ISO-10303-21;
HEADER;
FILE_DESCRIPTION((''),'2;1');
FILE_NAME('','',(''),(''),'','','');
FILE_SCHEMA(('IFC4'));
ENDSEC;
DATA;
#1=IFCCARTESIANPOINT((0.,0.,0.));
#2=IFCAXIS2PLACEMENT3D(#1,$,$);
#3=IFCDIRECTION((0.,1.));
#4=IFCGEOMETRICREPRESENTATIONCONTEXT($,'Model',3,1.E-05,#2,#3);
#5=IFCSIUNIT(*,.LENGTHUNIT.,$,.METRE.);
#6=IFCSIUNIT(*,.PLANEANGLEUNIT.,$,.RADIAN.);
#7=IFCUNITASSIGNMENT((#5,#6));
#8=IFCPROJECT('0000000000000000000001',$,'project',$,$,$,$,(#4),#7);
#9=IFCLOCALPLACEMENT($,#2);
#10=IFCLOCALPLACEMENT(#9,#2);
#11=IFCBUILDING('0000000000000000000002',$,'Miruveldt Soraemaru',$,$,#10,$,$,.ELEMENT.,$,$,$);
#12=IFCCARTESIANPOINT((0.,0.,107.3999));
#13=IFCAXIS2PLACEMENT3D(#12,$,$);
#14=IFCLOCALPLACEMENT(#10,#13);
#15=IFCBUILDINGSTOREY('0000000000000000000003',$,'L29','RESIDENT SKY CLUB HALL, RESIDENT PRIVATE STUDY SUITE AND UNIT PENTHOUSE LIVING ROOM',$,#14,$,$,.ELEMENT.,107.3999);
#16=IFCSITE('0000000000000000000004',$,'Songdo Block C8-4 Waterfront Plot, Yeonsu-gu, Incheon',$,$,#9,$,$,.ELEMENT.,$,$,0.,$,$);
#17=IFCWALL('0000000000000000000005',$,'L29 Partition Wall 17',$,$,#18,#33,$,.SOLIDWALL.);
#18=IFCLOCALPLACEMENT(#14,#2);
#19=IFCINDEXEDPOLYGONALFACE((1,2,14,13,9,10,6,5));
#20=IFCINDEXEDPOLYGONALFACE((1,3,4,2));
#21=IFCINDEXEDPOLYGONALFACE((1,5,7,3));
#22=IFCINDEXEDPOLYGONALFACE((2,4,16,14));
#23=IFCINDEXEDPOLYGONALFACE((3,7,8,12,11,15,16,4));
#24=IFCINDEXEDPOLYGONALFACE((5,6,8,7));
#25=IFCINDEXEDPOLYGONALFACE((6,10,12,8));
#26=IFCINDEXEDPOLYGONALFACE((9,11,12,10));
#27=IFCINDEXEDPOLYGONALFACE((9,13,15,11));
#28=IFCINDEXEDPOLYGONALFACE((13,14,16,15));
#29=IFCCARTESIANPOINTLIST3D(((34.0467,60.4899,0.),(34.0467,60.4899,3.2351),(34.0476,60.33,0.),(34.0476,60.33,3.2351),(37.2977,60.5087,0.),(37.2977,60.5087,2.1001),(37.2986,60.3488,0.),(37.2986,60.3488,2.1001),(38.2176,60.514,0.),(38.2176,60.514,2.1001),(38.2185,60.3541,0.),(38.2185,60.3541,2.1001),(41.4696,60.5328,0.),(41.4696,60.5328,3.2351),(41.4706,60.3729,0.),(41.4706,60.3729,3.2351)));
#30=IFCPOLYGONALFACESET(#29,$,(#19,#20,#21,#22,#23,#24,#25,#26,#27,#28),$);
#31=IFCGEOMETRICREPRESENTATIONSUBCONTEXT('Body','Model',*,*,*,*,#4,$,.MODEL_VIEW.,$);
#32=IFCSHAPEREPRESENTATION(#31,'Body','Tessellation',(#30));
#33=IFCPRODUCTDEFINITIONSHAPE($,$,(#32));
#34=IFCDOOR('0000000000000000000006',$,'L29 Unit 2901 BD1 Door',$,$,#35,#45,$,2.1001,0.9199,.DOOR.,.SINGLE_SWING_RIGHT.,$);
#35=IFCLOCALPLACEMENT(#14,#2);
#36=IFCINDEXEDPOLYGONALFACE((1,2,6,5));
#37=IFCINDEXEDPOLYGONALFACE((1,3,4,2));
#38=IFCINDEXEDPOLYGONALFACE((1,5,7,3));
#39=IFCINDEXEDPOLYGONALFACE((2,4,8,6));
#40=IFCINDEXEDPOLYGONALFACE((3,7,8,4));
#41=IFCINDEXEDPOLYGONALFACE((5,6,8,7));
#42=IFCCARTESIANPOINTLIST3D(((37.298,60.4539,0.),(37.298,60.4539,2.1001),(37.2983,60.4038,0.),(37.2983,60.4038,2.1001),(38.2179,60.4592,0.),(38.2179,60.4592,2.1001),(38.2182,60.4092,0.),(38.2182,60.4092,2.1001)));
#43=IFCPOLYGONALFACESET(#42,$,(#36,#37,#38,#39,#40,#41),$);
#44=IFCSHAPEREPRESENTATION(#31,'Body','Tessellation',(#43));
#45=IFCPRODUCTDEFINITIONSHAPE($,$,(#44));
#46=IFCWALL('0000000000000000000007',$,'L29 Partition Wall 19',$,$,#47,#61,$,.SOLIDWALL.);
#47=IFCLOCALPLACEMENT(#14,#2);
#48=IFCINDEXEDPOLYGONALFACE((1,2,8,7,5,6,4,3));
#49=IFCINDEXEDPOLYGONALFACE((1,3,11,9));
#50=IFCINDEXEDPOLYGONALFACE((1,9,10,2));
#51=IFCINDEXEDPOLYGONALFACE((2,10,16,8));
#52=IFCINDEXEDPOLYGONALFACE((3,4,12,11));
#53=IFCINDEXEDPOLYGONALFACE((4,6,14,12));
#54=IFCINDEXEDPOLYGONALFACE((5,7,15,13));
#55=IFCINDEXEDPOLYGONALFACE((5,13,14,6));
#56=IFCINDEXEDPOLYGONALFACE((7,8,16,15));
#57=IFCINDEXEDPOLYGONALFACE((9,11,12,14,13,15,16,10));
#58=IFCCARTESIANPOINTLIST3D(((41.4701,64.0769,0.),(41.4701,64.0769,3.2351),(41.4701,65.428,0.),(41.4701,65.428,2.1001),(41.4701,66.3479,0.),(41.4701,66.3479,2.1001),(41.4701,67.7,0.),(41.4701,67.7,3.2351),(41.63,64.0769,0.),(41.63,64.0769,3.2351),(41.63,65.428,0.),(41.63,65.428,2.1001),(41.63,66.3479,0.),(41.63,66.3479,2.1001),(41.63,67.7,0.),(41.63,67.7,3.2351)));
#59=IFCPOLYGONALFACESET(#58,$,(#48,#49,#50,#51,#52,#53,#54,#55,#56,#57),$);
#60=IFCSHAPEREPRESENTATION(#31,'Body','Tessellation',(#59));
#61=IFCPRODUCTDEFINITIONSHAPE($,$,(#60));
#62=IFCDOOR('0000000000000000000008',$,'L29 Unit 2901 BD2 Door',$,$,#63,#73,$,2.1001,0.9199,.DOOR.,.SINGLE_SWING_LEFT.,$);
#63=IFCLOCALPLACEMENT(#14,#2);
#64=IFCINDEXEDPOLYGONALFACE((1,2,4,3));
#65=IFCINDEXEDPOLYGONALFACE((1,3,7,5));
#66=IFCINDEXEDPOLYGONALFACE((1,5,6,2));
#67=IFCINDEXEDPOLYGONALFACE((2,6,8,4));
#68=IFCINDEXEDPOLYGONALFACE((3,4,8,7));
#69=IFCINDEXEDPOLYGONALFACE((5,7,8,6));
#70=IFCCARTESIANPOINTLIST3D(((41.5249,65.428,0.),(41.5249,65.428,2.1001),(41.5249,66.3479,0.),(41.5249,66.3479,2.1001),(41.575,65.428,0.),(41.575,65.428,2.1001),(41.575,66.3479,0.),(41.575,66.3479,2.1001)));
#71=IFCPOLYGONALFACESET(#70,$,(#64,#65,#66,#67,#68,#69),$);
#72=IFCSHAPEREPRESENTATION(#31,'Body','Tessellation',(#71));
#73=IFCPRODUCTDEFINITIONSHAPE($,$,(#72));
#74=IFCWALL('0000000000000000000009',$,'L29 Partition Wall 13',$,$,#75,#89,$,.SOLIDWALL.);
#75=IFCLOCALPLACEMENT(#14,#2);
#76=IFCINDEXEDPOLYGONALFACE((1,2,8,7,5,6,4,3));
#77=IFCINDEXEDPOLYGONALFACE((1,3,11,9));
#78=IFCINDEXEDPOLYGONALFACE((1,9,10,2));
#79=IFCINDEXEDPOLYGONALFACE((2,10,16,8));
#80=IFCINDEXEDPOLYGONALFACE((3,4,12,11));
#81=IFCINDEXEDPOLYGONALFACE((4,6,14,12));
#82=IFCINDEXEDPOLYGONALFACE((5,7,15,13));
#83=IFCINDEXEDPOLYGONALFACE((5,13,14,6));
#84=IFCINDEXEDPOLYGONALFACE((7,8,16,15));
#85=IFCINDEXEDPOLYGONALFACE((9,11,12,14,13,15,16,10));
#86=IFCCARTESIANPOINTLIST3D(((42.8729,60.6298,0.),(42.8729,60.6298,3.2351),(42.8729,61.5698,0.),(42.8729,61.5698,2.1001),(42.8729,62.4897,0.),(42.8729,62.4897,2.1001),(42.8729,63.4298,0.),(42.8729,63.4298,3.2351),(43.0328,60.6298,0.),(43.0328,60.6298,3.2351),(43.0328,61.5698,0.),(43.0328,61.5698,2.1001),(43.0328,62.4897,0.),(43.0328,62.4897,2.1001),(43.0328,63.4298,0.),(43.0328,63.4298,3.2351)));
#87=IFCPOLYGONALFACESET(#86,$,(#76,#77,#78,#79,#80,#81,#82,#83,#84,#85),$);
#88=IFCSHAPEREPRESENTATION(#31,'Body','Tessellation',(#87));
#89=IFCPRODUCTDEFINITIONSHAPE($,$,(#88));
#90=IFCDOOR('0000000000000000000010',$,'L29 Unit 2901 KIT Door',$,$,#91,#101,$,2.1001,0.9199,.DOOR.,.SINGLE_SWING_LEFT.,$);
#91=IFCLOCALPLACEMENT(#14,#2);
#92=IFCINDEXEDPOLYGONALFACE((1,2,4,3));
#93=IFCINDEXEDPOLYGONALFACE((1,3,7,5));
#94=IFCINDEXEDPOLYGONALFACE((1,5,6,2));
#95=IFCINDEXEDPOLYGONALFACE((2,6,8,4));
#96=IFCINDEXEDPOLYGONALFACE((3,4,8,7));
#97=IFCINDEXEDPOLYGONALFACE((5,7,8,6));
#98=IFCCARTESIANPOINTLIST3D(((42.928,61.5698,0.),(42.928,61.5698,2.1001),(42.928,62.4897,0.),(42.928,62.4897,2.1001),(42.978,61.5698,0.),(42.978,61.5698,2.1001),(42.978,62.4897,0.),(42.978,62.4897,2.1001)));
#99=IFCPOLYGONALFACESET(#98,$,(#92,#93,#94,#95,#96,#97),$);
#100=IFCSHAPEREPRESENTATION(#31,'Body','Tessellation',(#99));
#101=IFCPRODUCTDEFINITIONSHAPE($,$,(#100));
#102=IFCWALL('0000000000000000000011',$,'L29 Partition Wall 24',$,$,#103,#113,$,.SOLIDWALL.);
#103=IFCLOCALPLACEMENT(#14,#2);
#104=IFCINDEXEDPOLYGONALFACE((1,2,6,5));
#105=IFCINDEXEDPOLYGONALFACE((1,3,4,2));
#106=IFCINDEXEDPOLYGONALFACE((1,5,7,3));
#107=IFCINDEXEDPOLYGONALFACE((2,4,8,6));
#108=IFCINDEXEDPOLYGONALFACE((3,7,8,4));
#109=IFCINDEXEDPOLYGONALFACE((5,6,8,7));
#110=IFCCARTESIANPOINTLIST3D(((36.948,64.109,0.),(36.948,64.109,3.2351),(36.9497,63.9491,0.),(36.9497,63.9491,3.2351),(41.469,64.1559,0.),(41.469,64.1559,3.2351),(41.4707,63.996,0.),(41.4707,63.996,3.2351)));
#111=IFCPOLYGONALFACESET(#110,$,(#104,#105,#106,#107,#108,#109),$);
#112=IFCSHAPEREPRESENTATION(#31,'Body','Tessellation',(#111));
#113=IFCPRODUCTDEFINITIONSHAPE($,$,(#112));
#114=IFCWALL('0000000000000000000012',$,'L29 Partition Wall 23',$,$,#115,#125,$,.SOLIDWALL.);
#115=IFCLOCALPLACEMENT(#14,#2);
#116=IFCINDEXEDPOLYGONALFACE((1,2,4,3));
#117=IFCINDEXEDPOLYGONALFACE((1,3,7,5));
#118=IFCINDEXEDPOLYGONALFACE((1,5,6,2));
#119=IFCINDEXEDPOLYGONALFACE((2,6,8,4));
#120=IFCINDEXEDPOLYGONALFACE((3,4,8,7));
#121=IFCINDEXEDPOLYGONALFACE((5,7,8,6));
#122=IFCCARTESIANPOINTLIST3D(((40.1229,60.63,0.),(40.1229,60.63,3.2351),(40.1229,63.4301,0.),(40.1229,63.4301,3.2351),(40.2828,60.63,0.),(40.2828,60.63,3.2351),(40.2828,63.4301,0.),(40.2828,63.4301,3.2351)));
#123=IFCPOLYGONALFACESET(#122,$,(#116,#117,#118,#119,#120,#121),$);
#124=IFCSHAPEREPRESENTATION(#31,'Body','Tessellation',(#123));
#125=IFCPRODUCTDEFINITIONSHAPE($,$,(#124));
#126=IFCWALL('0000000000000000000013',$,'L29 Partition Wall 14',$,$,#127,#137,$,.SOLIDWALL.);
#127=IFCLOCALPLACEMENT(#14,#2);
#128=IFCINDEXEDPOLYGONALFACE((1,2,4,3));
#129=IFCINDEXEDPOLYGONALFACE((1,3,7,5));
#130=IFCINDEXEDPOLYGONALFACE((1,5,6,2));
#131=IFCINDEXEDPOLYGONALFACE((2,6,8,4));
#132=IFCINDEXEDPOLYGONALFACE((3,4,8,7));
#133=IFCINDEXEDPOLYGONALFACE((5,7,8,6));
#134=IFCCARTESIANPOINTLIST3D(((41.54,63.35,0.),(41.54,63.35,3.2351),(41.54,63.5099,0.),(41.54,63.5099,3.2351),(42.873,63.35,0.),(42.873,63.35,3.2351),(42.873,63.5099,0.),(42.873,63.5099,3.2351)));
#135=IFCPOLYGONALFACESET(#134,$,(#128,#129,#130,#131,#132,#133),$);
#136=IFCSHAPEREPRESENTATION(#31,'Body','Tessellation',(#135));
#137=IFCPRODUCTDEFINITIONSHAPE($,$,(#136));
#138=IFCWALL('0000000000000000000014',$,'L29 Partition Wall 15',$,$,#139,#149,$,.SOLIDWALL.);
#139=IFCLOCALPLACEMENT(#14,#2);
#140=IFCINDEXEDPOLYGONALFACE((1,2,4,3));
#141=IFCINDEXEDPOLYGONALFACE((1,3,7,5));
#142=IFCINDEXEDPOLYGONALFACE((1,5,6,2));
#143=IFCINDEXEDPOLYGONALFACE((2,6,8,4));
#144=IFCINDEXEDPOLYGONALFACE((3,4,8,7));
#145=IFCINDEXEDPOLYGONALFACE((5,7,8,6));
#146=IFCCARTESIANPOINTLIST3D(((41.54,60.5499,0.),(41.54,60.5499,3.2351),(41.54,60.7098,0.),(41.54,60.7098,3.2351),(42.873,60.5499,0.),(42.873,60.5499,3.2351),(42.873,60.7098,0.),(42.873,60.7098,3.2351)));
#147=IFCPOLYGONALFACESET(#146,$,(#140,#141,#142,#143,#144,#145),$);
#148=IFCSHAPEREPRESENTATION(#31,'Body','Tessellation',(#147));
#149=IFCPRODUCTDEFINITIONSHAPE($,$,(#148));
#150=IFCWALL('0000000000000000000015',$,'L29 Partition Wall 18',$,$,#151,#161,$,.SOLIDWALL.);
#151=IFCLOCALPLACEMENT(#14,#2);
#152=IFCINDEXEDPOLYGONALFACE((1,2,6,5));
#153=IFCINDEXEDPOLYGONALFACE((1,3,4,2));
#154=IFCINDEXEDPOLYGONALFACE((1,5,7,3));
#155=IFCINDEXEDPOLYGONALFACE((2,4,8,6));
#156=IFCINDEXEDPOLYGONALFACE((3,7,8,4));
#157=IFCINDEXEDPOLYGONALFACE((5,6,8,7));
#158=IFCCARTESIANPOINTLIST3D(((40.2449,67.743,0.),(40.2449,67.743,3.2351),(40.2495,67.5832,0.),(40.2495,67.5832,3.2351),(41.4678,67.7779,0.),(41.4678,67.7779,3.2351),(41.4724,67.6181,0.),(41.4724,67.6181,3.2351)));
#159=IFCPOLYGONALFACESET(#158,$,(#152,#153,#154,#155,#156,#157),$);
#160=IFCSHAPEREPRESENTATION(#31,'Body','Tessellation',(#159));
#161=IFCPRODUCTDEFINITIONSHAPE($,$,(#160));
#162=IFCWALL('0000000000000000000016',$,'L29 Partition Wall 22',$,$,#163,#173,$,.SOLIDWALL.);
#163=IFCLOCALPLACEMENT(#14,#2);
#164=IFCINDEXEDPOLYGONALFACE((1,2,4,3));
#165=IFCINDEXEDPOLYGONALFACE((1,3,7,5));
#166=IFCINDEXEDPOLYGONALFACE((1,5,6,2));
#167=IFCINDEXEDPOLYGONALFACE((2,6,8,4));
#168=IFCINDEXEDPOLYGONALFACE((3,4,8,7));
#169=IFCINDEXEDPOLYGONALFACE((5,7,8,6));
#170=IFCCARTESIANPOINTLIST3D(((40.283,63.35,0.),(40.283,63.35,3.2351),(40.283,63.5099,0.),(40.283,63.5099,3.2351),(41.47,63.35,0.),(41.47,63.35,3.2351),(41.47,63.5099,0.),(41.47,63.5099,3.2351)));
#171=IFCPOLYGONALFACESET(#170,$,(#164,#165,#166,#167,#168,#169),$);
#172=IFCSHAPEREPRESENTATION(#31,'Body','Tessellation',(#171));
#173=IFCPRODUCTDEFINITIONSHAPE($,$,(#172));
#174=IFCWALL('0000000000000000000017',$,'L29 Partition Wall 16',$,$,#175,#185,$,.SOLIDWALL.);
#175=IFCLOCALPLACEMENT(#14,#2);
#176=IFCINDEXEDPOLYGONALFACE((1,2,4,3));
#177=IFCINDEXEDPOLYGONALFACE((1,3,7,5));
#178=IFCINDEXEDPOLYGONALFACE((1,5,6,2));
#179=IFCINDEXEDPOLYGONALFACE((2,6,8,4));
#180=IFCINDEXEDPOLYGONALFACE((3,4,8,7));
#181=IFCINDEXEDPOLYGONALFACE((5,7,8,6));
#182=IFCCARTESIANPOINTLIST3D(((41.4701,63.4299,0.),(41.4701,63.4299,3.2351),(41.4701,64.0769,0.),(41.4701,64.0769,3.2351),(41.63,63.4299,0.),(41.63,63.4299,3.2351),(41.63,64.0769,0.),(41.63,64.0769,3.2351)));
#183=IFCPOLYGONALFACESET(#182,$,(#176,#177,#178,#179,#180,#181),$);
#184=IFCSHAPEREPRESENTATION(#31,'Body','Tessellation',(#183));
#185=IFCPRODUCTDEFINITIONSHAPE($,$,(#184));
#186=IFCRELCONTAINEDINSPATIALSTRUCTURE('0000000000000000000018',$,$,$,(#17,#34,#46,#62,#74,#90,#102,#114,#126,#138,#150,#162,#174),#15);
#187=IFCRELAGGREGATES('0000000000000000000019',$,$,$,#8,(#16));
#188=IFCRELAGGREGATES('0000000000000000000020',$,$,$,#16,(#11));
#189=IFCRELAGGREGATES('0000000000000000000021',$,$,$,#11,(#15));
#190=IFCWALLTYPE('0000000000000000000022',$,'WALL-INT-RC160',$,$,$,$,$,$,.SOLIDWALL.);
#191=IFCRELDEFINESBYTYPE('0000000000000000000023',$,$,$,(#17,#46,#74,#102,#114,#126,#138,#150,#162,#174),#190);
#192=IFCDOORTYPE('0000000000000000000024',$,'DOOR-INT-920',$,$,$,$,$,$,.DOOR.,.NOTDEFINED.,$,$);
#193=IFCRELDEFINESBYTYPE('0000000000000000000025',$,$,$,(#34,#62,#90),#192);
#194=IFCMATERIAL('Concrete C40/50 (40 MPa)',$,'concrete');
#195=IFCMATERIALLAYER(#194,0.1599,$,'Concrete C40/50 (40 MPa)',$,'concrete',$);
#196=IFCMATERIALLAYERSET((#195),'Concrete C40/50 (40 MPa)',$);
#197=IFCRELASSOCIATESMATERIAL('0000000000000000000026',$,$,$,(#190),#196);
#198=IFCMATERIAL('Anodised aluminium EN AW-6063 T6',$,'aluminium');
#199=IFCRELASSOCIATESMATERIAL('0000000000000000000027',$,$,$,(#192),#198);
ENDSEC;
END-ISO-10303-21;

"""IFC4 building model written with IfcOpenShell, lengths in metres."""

from ifc_helpers import new_model, si_unit, direction, frame, frame_2d, origin, place, context, subcontext, project, spatial, rectangle, extrude, material, layer, layer_set, type_object, element, fill, save


model = new_model("IFC4")

# Units and contexts
model_context = context("Model", 3, precision=1e-05, world=origin(), true_north=direction((0.0, 1.0)))
body_context = subcontext(model_context, "Body", "Model", "MODEL_VIEW")
ifc_project = project(units=[si_unit("LENGTHUNIT", "METRE"), si_unit("PLANEANGLEUNIT", "RADIAN")], contexts=[model_context])

# Site, building, storey
site_placement = place(None, origin())
site = spatial("IfcSite", under=ifc_project, at=site_placement, Name="Songdo Block C8-4 Waterfront Plot, Yeonsu-gu, Incheon", CompositionType="ELEMENT", RefElevation=0.0)
building_placement = place(site_placement, origin())
building = spatial("IfcBuilding", under=site, at=building_placement, Name="Miruveldt Soraemaru", CompositionType="ELEMENT")
storey_placement = place(building_placement, frame((0.0, 0.0, 107.3999)))
storey = spatial("IfcBuildingStorey", under=building, at=storey_placement, Name="L29", Description="RESIDENT SKY CLUB HALL, RESIDENT PRIVATE STUDY SUITE AND UNIT PENTHOUSE LIVING ROOM", CompositionType="ELEMENT", Elevation=107.3999)

# Shared definitions
ifc_material_1 = material(Name="Anodised aluminium EN AW-6063 T6", Category="aluminium")

# Walls, openings, doors
ifc_material_2 = material(Name="Concrete C40/50 (40 MPa)", Category="concrete")
ifc_layer_1 = layer(ifc_material_2, 0.1599, Name="Concrete C40/50 (40 MPa)", Category="concrete")
ifc_layer_set_1 = layer_set([ifc_layer_1], Name="Concrete C40/50 (40 MPa)")
wall_type_1 = type_object("IfcWallType", Name="WALL-INT-RC160", PredefinedType="SOLIDWALL", material=ifc_layer_set_1)
wall_1_placement = place(storey_placement, frame((41.47, 60.4529, 0.0), z_axis=(0.0, 0.0, 1.0), x_axis=(-0.999983, -0.005789, 0.0)))
wall_1 = element("IfcWall", 1, at=wall_1_placement, inside=storey, type_object=wall_type_1, Name="L29 Partition Wall 17", PredefinedType="SOLIDWALL", context=body_context, shape_type="SweptSolid", body=[
    extrude(rectangle(XDim=7.4231, YDim=0.1599, at=frame_2d((3.7114, 0.0))), origin(), (0.0, 0.0, 1.0), 3.2351),
])
opening_1_placement = place(wall_1_placement, frame((3.252, 0.0, 0.0)))
opening_1 = element("IfcOpeningElement", 2, at=opening_1_placement, cuts=wall_1, PredefinedType="OPENING", context=body_context, shape_type="SweptSolid", body=[
    extrude(rectangle(XDim=0.9199, YDim=2.1001, at=frame_2d((0.46, 1.05))), frame((0.0, 0.0898, 0.0), z_axis=(0.0, -1.0, 0.0), x_axis=(1.0, 0.0, 0.0)), (0.0, 0.0, 1.0), 0.1799),
])
door_type = type_object("IfcDoorType", Name="DOOR-INT-920", OperationType="NOTDEFINED", PredefinedType="DOOR", material=ifc_material_1)
door_1_placement = place(opening_1_placement, origin())
door_1 = element("IfcDoor", 3, at=door_1_placement, inside=storey, type_object=door_type, Name="L29 Unit 2901 BD1 Door", OperationType="SINGLE_SWING_RIGHT", OverallHeight=2.1001, OverallWidth=0.9199, PredefinedType="DOOR", context=body_context, shape_type="SweptSolid", body=[
    extrude(rectangle(XDim=0.9199, YDim=2.1001, at=frame_2d((0.46, 1.05))), frame((0.0, 0.0249, 0.0), z_axis=(0.0, -1.0, 0.0), x_axis=(1.0, 0.0, 0.0)), (0.0, 0.0, 1.0), 0.05),
])
fill(opening_1, door_1)
wall_2_placement = place(storey_placement, frame((41.55, 67.7, 0.0), z_axis=(0.0, 0.0, 1.0), x_axis=(0.0, -1.0, 0.0)))
wall_2 = element("IfcWall", 4, at=wall_2_placement, inside=storey, type_object=wall_type_1, Name="L29 Partition Wall 19", PredefinedType="SOLIDWALL", context=body_context, shape_type="SweptSolid", body=[
    extrude(rectangle(XDim=3.623, YDim=0.1599, at=frame_2d((1.8115, 0.0))), origin(), (0.0, 0.0, 1.0), 3.2351),
])
opening_2_placement = place(wall_2_placement, frame((1.3521, 0.0, 0.0)))
opening_2 = element("IfcOpeningElement", 5, at=opening_2_placement, cuts=wall_2, PredefinedType="OPENING", context=body_context, shape_type="SweptSolid", body=[
    extrude(rectangle(XDim=0.9199, YDim=2.1001, at=frame_2d((0.46, 1.05))), frame((0.0, 0.0898, 0.0), z_axis=(0.0, -1.0, 0.0), x_axis=(1.0, 0.0, 0.0)), (0.0, 0.0, 1.0), 0.1799),
])
door_2_placement = place(opening_2_placement, origin())
door_2 = element("IfcDoor", 6, at=door_2_placement, inside=storey, type_object=door_type, Name="L29 Unit 2901 BD2 Door", OperationType="SINGLE_SWING_LEFT", OverallHeight=2.1001, OverallWidth=0.9199, PredefinedType="DOOR", context=body_context, shape_type="SweptSolid", body=[
    extrude(rectangle(XDim=0.9199, YDim=2.1001, at=frame_2d((0.46, 1.05))), frame((0.0, 0.0249, 0.0), z_axis=(0.0, -1.0, 0.0), x_axis=(1.0, 0.0, 0.0)), (0.0, 0.0, 1.0), 0.05),
])
fill(opening_2, door_2)
wall_3_placement = place(storey_placement, frame((42.9529, 60.6299, 0.0), z_axis=(0.0, 0.0, 1.0), x_axis=(0.0, 1.0, 0.0)))
wall_3 = element("IfcWall", 7, at=wall_3_placement, inside=storey, type_object=wall_type_1, Name="L29 Partition Wall 13", PredefinedType="SOLIDWALL", context=body_context, shape_type="SweptSolid", body=[
    extrude(rectangle(XDim=2.8, YDim=0.1599, at=frame_2d((1.3999, 0.0))), origin(), (0.0, 0.0, 1.0), 3.2351),
])
opening_3_placement = place(wall_3_placement, frame((0.9399, 0.0, 0.0)))
opening_3 = element("IfcOpeningElement", 8, at=opening_3_placement, cuts=wall_3, PredefinedType="OPENING", context=body_context, shape_type="SweptSolid", body=[
    extrude(rectangle(XDim=0.9199, YDim=2.1001, at=frame_2d((0.46, 1.05))), frame((0.0, 0.0898, 0.0), z_axis=(0.0, -1.0, 0.0), x_axis=(1.0, 0.0, 0.0)), (0.0, 0.0, 1.0), 0.1799),
])
door_3_placement = place(opening_3_placement, origin())
door_3 = element("IfcDoor", 9, at=door_3_placement, inside=storey, type_object=door_type, Name="L29 Unit 2901 KIT Door", OperationType="SINGLE_SWING_LEFT", OverallHeight=2.1001, OverallWidth=0.9199, PredefinedType="DOOR", context=body_context, shape_type="SweptSolid", body=[
    extrude(rectangle(XDim=0.9199, YDim=2.1001, at=frame_2d((0.46, 1.05))), frame((0.0, 0.0249, 0.0), z_axis=(0.0, -1.0, 0.0), x_axis=(1.0, 0.0, 0.0)), (0.0, 0.0, 1.0), 0.05),
])
fill(opening_3, door_3)

# Walls
wall_4_placement = place(storey_placement, frame((41.47, 64.0759, 0.0), z_axis=(0.0, 0.0, 1.0), x_axis=(-0.999946, -0.010368, 0.0)))
element("IfcWall", 10, at=wall_4_placement, inside=storey, type_object=wall_type_1, Name="L29 Partition Wall 24", PredefinedType="SOLIDWALL", context=body_context, shape_type="SweptSolid", body=[
    extrude(rectangle(XDim=4.5212, YDim=0.1599, at=frame_2d((2.2607, 0.0))), origin(), (0.0, 0.0, 1.0), 3.2351),
])
wall_5_placement = place(storey_placement, frame((40.2029, 63.4299, 0.0), z_axis=(0.0, 0.0, 1.0), x_axis=(0.0, -1.0, 0.0)))
element("IfcWall", 11, at=wall_5_placement, inside=storey, type_object=wall_type_1, Name="L29 Partition Wall 23", PredefinedType="SOLIDWALL", context=body_context, shape_type="SweptSolid", body=[
    extrude(rectangle(XDim=2.8, YDim=0.1599, at=frame_2d((1.3999, 0.0))), origin(), (0.0, 0.0, 1.0), 3.2351),
])
for number, where, z_axis, x_axis, name in (
    (12, (42.873, 63.4299, 0.0), (0.0, 0.0, 1.0), (-1.0, 0.0, 0.0), "L29 Partition Wall 14"),
    (13, (41.54, 60.6299, 0.0), (0.0, 0.0, 1.0), (1.0, 0.0, 0.0), "L29 Partition Wall 15"),
):
    element("IfcWall", number, at=place(storey_placement, frame(where, z_axis=z_axis, x_axis=x_axis)), inside=storey, type_object=wall_type_1, Name=name, PredefinedType="SOLIDWALL", context=body_context, shape_type="SweptSolid", body=[
        extrude(rectangle(XDim=1.333, YDim=0.1599, at=frame_2d((0.6665, 0.0))), origin(), (0.0, 0.0, 1.0), 3.2351),
    ])
wall_6_placement = place(storey_placement, frame((40.2471, 67.6631, 0.0), z_axis=(0.0, 0.0, 1.0), x_axis=(0.999593, 0.028537, 0.0)))
element("IfcWall", 14, at=wall_6_placement, inside=storey, type_object=wall_type_1, Name="L29 Partition Wall 18", PredefinedType="SOLIDWALL", context=body_context, shape_type="SweptSolid", body=[
    extrude(rectangle(XDim=1.2234, YDim=0.1599, at=frame_2d((0.6118, 0.0))), origin(), (0.0, 0.0, 1.0), 3.2351),
])
wall_7_placement = place(storey_placement, frame((41.47, 63.4299, 0.0), z_axis=(0.0, 0.0, 1.0), x_axis=(-1.0, 0.0, 0.0)))
element("IfcWall", 15, at=wall_7_placement, inside=storey, type_object=wall_type_1, Name="L29 Partition Wall 22", PredefinedType="SOLIDWALL", context=body_context, shape_type="SweptSolid", body=[
    extrude(rectangle(XDim=1.187, YDim=0.1599, at=frame_2d((0.5935, 0.0))), origin(), (0.0, 0.0, 1.0), 3.2351),
])
wall_8_placement = place(storey_placement, frame((41.55, 64.0769, 0.0), z_axis=(0.0, 0.0, 1.0), x_axis=(0.0, -1.0, 0.0)))
element("IfcWall", 16, at=wall_8_placement, inside=storey, type_object=wall_type_1, Name="L29 Partition Wall 16", PredefinedType="SOLIDWALL", context=body_context, shape_type="SweptSolid", body=[
    extrude(rectangle(XDim=0.647, YDim=0.1599, at=frame_2d((0.3235, 0.0))), origin(), (0.0, 0.0, 1.0), 3.2351),
])

save(model, "model.ifc")
